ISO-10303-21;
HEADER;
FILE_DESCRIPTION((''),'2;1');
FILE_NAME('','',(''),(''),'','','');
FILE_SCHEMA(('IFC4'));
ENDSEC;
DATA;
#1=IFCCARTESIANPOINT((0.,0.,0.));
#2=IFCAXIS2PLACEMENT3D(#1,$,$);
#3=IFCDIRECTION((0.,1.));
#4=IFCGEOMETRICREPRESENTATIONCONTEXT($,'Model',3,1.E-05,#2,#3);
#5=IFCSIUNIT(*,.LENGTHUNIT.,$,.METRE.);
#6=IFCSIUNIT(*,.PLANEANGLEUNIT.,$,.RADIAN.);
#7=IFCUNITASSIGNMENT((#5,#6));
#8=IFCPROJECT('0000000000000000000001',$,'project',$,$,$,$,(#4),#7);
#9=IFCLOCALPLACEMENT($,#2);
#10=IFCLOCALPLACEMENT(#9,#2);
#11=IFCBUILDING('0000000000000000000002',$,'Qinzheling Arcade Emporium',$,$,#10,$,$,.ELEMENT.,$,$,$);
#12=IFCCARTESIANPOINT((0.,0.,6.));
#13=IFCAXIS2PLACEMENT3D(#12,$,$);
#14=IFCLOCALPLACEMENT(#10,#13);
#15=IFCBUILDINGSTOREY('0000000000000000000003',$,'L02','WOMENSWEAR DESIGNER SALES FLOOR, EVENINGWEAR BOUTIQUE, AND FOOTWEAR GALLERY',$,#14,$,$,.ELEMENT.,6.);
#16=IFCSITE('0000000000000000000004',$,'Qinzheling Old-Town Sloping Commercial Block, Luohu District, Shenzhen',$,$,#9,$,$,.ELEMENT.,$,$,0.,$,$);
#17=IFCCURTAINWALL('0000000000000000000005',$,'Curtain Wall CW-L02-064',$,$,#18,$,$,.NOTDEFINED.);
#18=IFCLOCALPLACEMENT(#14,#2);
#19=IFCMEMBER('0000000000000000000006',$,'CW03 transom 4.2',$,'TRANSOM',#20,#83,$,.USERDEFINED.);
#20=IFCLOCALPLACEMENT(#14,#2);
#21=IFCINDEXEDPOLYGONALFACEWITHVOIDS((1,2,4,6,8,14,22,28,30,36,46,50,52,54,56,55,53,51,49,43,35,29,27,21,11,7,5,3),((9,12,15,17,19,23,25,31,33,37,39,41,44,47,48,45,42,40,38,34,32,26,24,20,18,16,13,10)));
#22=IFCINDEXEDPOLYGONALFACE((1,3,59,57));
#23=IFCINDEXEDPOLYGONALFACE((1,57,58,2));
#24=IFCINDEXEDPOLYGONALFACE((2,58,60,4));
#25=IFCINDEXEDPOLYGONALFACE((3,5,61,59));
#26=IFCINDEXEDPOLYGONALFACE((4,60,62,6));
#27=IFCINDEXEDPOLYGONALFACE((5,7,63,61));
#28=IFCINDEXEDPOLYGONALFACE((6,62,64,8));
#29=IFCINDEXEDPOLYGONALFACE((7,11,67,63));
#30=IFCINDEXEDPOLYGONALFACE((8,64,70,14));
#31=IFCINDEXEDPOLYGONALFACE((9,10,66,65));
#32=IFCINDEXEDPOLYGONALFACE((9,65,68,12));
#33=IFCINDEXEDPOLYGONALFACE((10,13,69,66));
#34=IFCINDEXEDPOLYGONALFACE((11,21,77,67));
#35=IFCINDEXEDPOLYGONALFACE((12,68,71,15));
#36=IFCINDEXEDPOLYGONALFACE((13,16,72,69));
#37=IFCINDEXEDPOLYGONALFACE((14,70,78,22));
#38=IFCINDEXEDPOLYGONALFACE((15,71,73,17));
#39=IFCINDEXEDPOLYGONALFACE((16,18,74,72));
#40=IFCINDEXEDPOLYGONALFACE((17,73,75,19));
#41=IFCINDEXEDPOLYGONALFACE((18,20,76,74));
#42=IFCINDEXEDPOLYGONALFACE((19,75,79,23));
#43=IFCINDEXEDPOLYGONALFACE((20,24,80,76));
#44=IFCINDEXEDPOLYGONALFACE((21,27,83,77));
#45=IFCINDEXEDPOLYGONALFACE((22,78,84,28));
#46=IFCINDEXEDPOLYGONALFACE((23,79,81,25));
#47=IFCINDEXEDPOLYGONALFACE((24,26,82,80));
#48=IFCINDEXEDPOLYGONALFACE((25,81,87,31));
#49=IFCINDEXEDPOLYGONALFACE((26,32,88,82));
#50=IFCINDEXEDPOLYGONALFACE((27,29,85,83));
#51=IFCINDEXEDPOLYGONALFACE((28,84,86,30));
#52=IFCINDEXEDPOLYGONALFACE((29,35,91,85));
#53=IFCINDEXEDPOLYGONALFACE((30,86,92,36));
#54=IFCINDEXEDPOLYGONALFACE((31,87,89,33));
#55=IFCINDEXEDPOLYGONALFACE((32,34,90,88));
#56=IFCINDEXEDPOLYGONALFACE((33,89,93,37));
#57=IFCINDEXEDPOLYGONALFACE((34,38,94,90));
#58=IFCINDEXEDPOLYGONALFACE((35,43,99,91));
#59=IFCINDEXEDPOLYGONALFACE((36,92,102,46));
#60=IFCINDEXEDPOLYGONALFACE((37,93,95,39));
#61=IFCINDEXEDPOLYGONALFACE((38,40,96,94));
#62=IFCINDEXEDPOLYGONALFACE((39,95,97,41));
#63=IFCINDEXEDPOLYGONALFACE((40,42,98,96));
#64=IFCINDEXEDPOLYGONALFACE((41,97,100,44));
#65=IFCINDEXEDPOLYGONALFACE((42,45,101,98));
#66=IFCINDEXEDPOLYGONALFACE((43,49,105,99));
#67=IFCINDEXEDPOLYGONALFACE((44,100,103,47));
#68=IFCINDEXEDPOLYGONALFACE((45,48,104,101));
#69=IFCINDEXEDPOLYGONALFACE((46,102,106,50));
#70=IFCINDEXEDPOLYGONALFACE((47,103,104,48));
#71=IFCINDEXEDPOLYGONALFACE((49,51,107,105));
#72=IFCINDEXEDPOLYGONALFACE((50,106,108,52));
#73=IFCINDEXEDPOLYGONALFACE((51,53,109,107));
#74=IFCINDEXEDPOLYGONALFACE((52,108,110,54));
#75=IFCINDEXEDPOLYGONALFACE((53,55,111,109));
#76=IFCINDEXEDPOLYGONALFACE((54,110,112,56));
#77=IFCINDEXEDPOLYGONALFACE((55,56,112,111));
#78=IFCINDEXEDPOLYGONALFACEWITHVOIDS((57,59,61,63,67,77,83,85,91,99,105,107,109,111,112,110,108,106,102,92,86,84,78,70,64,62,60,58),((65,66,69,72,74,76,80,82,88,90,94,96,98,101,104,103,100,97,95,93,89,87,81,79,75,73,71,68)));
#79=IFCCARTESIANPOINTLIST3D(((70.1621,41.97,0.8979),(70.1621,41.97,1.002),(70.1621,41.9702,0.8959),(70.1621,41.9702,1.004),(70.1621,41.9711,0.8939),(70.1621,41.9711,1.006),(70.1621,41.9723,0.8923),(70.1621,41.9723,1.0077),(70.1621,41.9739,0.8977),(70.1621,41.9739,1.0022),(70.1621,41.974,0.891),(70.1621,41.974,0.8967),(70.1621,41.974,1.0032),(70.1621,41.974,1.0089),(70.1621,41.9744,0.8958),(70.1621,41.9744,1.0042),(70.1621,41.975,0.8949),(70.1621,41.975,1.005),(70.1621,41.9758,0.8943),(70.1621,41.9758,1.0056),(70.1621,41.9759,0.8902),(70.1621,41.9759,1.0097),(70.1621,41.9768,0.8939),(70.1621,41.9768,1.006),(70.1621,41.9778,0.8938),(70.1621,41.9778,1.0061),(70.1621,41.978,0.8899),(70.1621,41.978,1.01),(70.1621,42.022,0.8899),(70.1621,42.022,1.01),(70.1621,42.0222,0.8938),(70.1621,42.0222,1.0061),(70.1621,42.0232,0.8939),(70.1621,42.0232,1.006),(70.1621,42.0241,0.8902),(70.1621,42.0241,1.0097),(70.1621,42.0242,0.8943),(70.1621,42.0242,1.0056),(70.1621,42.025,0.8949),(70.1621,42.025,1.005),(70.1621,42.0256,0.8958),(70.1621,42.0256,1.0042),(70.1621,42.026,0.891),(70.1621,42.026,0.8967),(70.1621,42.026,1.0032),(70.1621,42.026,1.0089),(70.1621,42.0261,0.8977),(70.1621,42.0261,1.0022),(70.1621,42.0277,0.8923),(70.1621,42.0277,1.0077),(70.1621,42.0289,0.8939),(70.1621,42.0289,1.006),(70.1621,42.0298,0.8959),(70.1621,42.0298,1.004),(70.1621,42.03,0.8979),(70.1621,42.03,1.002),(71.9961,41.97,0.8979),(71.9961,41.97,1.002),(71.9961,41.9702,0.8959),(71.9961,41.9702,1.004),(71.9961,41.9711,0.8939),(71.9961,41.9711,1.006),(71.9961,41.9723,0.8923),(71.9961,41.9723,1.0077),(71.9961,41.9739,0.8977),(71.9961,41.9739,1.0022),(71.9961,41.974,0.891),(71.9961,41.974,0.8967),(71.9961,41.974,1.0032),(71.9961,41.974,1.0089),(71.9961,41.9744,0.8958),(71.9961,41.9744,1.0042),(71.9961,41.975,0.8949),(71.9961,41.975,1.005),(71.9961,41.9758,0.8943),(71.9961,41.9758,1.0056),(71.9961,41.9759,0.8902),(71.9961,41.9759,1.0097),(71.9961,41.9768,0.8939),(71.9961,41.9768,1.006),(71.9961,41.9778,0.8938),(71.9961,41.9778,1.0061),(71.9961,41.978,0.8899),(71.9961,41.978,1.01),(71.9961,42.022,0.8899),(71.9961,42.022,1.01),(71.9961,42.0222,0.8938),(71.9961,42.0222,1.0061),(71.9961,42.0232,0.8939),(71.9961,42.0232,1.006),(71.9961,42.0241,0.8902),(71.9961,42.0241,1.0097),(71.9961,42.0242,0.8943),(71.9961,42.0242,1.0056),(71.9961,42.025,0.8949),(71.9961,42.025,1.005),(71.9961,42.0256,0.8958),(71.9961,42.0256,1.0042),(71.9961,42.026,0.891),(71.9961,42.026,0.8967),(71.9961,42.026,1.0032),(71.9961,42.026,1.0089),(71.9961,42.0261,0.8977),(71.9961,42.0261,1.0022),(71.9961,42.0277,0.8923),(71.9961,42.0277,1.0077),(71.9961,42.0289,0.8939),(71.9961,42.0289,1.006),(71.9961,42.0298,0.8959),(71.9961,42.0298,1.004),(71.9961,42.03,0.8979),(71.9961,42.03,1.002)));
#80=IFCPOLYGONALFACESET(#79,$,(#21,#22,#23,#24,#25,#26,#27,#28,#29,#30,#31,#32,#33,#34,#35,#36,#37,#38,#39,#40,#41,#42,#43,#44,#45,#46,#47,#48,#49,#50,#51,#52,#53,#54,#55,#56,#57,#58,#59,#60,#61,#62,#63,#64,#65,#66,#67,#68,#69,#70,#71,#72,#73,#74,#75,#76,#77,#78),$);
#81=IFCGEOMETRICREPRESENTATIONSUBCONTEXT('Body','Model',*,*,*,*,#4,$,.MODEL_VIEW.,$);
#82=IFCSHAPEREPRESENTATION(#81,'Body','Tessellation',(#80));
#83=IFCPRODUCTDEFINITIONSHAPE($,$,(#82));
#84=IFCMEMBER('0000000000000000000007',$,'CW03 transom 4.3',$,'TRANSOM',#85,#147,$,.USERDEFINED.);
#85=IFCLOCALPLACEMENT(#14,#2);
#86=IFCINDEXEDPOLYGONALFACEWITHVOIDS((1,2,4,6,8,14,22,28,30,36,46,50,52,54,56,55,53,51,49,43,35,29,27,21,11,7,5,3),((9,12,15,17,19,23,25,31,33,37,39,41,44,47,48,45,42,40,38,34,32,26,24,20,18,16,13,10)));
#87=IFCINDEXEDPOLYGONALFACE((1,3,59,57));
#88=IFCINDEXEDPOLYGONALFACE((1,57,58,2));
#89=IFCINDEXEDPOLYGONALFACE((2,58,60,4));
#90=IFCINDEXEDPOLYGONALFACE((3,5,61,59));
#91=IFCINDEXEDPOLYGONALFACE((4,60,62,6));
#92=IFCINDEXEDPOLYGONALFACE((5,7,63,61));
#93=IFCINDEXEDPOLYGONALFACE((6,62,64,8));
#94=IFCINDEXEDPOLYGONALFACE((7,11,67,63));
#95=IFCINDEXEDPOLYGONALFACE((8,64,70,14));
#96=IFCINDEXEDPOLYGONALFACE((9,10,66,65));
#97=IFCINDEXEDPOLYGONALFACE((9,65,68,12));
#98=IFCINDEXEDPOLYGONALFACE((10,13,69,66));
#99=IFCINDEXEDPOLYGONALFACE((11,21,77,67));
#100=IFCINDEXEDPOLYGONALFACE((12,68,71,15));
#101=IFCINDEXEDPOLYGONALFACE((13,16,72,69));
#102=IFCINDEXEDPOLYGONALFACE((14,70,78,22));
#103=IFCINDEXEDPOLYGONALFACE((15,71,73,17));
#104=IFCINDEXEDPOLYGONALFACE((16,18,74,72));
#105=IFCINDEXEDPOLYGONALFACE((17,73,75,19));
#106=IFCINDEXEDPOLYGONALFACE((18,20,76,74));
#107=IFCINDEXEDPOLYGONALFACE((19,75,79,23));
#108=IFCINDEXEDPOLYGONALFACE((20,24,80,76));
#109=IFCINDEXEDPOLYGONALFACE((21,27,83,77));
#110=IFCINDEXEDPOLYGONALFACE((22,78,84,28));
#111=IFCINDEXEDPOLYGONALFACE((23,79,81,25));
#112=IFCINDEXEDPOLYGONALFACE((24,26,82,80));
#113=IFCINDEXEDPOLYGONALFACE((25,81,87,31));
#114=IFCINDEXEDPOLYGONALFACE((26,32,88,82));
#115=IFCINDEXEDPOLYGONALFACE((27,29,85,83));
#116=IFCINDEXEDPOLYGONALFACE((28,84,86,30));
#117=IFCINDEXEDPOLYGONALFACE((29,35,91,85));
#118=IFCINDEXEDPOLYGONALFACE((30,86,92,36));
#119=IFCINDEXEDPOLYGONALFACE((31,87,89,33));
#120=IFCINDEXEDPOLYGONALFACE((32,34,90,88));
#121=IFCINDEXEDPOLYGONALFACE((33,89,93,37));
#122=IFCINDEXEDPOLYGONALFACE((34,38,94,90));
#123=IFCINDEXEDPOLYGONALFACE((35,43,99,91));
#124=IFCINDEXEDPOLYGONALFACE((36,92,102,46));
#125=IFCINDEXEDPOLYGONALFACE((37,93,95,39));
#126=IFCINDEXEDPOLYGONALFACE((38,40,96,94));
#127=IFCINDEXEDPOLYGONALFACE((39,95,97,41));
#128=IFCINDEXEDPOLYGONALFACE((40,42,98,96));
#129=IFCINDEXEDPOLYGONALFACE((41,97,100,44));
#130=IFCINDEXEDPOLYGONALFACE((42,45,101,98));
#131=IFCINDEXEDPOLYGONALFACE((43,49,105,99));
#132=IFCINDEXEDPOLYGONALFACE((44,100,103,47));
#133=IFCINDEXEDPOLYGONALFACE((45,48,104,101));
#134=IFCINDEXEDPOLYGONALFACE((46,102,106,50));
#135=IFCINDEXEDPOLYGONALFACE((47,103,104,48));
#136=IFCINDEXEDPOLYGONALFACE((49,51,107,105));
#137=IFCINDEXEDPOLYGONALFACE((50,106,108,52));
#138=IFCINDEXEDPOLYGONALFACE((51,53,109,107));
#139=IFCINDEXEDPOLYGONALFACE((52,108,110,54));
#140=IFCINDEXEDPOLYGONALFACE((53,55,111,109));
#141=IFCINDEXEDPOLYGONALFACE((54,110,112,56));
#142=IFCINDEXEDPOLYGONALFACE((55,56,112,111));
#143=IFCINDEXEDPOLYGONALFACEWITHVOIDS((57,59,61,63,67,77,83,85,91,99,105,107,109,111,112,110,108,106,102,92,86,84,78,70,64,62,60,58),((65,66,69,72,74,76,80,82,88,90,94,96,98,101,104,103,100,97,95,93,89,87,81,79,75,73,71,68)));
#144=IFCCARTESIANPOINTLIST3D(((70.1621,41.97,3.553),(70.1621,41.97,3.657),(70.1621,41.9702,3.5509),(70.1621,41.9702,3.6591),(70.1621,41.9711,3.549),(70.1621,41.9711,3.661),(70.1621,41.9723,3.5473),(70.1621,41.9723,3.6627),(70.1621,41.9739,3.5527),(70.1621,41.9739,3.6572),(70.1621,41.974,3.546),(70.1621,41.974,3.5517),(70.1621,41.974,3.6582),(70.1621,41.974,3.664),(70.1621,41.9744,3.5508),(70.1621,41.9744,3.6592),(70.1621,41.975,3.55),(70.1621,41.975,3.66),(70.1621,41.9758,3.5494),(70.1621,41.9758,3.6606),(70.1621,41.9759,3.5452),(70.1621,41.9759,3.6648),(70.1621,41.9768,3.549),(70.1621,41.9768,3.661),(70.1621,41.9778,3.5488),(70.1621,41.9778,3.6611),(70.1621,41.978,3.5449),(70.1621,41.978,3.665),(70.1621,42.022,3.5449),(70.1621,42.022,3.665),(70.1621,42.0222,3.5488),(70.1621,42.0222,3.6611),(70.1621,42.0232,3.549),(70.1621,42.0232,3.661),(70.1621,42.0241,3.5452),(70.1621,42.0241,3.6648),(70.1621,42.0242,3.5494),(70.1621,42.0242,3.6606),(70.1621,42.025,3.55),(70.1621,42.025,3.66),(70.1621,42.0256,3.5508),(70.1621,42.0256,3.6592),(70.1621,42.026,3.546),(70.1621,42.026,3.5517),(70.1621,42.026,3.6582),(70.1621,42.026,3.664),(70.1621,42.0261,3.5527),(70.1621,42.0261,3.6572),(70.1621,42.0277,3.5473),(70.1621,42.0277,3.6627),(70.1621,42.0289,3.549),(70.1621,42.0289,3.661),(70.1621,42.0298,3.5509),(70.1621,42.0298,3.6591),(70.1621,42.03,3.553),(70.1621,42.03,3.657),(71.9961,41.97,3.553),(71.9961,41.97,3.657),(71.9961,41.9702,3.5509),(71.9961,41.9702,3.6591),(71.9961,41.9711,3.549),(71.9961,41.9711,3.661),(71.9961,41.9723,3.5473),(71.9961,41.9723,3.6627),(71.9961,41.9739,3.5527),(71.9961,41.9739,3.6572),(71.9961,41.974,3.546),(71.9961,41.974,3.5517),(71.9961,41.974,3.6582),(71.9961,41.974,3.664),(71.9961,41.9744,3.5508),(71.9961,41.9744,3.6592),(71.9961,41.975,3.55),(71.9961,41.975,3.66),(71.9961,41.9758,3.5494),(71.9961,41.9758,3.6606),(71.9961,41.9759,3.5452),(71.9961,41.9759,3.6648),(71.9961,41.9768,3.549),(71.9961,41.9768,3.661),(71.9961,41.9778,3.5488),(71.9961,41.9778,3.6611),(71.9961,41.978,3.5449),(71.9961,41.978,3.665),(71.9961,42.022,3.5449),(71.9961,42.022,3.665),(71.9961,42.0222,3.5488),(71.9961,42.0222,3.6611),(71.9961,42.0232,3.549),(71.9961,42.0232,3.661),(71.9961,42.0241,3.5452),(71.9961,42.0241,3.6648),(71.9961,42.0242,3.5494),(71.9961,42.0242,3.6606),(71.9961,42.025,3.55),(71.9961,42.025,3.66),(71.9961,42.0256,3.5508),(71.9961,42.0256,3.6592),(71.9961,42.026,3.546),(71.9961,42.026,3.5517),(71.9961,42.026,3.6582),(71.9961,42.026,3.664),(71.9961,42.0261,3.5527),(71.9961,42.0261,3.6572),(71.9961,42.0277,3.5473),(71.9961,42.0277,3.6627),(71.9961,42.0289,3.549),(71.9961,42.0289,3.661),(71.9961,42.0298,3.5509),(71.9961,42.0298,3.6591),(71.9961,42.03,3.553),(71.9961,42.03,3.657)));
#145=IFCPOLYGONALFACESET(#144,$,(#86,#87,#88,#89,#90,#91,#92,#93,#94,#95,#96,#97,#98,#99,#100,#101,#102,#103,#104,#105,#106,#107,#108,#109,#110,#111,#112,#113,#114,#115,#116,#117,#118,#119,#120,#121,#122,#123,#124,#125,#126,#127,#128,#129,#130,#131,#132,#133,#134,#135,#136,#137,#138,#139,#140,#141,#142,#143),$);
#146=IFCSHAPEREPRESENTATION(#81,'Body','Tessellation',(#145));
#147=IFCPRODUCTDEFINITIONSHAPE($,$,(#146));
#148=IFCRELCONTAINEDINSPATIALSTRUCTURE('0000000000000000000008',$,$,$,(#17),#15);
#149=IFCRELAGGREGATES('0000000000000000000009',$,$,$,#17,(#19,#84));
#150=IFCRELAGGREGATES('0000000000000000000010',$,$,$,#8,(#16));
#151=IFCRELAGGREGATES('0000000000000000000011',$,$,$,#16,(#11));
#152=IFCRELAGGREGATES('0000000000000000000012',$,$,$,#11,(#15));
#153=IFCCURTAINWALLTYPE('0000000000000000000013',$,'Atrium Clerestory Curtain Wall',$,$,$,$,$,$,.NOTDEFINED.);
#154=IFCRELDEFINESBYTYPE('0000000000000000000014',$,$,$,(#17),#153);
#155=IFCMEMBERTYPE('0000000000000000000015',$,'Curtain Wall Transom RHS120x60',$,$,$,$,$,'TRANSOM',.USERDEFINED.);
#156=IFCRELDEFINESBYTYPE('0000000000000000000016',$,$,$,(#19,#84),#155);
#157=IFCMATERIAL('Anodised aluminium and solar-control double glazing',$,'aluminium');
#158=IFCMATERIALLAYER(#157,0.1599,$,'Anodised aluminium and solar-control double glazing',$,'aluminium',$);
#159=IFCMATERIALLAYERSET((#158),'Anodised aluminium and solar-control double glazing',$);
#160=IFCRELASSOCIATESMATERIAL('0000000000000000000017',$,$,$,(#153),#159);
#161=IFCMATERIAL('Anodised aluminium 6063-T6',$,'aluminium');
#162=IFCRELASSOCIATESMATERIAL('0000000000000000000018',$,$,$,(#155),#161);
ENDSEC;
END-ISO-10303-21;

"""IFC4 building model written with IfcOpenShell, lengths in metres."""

from ifc_helpers import new_model, si_unit, direction, frame, origin, origin_2d, place, context, subcontext, project, spatial, hollow_rectangle, extrude, material, layer, layer_set, material_profile, profile_set, type_object, element, aggregate, save


model = new_model("IFC4")

# Units and contexts
model_context = context("Model", 3, precision=1e-05, world=origin(), true_north=direction((0.0, 1.0)))
body_context = subcontext(model_context, "Body", "Model", "MODEL_VIEW")
ifc_project = project(units=[si_unit("LENGTHUNIT", "METRE"), si_unit("PLANEANGLEUNIT", "RADIAN")], contexts=[model_context])

# Site, building, storey
site_placement = place(None, origin())
site = spatial("IfcSite", under=ifc_project, at=site_placement, Name="Qinzheling Old-Town Sloping Commercial Block, Luohu District, Shenzhen", CompositionType="ELEMENT", RefElevation=0.0)
building_placement = place(site_placement, origin())
building = spatial("IfcBuilding", under=site, at=building_placement, Name="Qinzheling Arcade Emporium", CompositionType="ELEMENT")
storey_placement = place(building_placement, frame((0.0, 0.0, 6.0)))
storey = spatial("IfcBuildingStorey", under=building, at=storey_placement, Name="L02", Description="WOMENSWEAR DESIGNER SALES FLOOR, EVENINGWEAR BOUTIQUE, AND FOOTWEAR GALLERY", CompositionType="ELEMENT", Elevation=6.0)

# Curtain wall, members
ifc_material_1 = material(Name="Anodised aluminium and solar-control double glazing", Category="aluminium")
ifc_layer_1 = layer(ifc_material_1, 0.1599, Name="Anodised aluminium and solar-control double glazing", Category="aluminium")
ifc_layer_set_1 = layer_set([ifc_layer_1], Name="Anodised aluminium and solar-control double glazing")
curtain_wall_type = type_object("IfcCurtainWallType", Name="Atrium Clerestory Curtain Wall", PredefinedType="NOTDEFINED", material=ifc_layer_set_1)
curtain_wall_placement = place(storey_placement, origin())
curtain_wall = element("IfcCurtainWall", 1, at=curtain_wall_placement, inside=storey, type_object=curtain_wall_type, Name="Curtain Wall CW-L02-064", PredefinedType="NOTDEFINED")
ifc_material_2 = material(Name="Anodised aluminium 6063-T6", Category="aluminium")
ifc_material_profile_1 = material_profile(ifc_material_2, hollow_rectangle(XDim=0.0601, YDim=0.1201, WallThickness=0.0039, InnerFilletRadius=0.0039, OuterFilletRadius=0.0081, at=origin_2d()), Name="RHS 120x60x4", Category="aluminium")
ifc_profile_set_1 = profile_set([ifc_material_profile_1], Name="Anodised aluminium 6063-T6")
member_type_1 = type_object("IfcMemberType", Name="Curtain Wall Transom RHS120x60", ElementType="TRANSOM", PredefinedType="USERDEFINED", material=ifc_profile_set_1)
member_1_placement = place(storey_placement, frame((71.9961, 42.0, 0.95), z_axis=(-1.0, 0.0, 0.0), x_axis=(0.0, -1.0, 0.0)))
member_1 = element("IfcMember", 2, at=member_1_placement, type_object=member_type_1, Name="CW03 transom 4.2", ObjectType="TRANSOM", PredefinedType="USERDEFINED", context=body_context, shape_type="SweptSolid", body=[
    extrude(hollow_rectangle(XDim=0.0601, YDim=0.1201, WallThickness=0.0039, InnerFilletRadius=0.0039, OuterFilletRadius=0.0081, at=origin_2d()), origin(), (0.0, 0.0, 1.0), 1.834),
])
member_2_placement = place(storey_placement, frame((71.9961, 42.0, 3.605), z_axis=(-1.0, 0.0, 0.0), x_axis=(0.0, -1.0, 0.0)))
member_2 = element("IfcMember", 3, at=member_2_placement, type_object=member_type_1, Name="CW03 transom 4.3", ObjectType="TRANSOM", PredefinedType="USERDEFINED", context=body_context, shape_type="SweptSolid", body=[
    extrude(hollow_rectangle(XDim=0.0601, YDim=0.1201, WallThickness=0.0039, InnerFilletRadius=0.0039, OuterFilletRadius=0.0081, at=origin_2d()), origin(), (0.0, 0.0, 1.0), 1.834),
])
aggregate(curtain_wall, [member_1, member_2])

save(model, "model.ifc")
